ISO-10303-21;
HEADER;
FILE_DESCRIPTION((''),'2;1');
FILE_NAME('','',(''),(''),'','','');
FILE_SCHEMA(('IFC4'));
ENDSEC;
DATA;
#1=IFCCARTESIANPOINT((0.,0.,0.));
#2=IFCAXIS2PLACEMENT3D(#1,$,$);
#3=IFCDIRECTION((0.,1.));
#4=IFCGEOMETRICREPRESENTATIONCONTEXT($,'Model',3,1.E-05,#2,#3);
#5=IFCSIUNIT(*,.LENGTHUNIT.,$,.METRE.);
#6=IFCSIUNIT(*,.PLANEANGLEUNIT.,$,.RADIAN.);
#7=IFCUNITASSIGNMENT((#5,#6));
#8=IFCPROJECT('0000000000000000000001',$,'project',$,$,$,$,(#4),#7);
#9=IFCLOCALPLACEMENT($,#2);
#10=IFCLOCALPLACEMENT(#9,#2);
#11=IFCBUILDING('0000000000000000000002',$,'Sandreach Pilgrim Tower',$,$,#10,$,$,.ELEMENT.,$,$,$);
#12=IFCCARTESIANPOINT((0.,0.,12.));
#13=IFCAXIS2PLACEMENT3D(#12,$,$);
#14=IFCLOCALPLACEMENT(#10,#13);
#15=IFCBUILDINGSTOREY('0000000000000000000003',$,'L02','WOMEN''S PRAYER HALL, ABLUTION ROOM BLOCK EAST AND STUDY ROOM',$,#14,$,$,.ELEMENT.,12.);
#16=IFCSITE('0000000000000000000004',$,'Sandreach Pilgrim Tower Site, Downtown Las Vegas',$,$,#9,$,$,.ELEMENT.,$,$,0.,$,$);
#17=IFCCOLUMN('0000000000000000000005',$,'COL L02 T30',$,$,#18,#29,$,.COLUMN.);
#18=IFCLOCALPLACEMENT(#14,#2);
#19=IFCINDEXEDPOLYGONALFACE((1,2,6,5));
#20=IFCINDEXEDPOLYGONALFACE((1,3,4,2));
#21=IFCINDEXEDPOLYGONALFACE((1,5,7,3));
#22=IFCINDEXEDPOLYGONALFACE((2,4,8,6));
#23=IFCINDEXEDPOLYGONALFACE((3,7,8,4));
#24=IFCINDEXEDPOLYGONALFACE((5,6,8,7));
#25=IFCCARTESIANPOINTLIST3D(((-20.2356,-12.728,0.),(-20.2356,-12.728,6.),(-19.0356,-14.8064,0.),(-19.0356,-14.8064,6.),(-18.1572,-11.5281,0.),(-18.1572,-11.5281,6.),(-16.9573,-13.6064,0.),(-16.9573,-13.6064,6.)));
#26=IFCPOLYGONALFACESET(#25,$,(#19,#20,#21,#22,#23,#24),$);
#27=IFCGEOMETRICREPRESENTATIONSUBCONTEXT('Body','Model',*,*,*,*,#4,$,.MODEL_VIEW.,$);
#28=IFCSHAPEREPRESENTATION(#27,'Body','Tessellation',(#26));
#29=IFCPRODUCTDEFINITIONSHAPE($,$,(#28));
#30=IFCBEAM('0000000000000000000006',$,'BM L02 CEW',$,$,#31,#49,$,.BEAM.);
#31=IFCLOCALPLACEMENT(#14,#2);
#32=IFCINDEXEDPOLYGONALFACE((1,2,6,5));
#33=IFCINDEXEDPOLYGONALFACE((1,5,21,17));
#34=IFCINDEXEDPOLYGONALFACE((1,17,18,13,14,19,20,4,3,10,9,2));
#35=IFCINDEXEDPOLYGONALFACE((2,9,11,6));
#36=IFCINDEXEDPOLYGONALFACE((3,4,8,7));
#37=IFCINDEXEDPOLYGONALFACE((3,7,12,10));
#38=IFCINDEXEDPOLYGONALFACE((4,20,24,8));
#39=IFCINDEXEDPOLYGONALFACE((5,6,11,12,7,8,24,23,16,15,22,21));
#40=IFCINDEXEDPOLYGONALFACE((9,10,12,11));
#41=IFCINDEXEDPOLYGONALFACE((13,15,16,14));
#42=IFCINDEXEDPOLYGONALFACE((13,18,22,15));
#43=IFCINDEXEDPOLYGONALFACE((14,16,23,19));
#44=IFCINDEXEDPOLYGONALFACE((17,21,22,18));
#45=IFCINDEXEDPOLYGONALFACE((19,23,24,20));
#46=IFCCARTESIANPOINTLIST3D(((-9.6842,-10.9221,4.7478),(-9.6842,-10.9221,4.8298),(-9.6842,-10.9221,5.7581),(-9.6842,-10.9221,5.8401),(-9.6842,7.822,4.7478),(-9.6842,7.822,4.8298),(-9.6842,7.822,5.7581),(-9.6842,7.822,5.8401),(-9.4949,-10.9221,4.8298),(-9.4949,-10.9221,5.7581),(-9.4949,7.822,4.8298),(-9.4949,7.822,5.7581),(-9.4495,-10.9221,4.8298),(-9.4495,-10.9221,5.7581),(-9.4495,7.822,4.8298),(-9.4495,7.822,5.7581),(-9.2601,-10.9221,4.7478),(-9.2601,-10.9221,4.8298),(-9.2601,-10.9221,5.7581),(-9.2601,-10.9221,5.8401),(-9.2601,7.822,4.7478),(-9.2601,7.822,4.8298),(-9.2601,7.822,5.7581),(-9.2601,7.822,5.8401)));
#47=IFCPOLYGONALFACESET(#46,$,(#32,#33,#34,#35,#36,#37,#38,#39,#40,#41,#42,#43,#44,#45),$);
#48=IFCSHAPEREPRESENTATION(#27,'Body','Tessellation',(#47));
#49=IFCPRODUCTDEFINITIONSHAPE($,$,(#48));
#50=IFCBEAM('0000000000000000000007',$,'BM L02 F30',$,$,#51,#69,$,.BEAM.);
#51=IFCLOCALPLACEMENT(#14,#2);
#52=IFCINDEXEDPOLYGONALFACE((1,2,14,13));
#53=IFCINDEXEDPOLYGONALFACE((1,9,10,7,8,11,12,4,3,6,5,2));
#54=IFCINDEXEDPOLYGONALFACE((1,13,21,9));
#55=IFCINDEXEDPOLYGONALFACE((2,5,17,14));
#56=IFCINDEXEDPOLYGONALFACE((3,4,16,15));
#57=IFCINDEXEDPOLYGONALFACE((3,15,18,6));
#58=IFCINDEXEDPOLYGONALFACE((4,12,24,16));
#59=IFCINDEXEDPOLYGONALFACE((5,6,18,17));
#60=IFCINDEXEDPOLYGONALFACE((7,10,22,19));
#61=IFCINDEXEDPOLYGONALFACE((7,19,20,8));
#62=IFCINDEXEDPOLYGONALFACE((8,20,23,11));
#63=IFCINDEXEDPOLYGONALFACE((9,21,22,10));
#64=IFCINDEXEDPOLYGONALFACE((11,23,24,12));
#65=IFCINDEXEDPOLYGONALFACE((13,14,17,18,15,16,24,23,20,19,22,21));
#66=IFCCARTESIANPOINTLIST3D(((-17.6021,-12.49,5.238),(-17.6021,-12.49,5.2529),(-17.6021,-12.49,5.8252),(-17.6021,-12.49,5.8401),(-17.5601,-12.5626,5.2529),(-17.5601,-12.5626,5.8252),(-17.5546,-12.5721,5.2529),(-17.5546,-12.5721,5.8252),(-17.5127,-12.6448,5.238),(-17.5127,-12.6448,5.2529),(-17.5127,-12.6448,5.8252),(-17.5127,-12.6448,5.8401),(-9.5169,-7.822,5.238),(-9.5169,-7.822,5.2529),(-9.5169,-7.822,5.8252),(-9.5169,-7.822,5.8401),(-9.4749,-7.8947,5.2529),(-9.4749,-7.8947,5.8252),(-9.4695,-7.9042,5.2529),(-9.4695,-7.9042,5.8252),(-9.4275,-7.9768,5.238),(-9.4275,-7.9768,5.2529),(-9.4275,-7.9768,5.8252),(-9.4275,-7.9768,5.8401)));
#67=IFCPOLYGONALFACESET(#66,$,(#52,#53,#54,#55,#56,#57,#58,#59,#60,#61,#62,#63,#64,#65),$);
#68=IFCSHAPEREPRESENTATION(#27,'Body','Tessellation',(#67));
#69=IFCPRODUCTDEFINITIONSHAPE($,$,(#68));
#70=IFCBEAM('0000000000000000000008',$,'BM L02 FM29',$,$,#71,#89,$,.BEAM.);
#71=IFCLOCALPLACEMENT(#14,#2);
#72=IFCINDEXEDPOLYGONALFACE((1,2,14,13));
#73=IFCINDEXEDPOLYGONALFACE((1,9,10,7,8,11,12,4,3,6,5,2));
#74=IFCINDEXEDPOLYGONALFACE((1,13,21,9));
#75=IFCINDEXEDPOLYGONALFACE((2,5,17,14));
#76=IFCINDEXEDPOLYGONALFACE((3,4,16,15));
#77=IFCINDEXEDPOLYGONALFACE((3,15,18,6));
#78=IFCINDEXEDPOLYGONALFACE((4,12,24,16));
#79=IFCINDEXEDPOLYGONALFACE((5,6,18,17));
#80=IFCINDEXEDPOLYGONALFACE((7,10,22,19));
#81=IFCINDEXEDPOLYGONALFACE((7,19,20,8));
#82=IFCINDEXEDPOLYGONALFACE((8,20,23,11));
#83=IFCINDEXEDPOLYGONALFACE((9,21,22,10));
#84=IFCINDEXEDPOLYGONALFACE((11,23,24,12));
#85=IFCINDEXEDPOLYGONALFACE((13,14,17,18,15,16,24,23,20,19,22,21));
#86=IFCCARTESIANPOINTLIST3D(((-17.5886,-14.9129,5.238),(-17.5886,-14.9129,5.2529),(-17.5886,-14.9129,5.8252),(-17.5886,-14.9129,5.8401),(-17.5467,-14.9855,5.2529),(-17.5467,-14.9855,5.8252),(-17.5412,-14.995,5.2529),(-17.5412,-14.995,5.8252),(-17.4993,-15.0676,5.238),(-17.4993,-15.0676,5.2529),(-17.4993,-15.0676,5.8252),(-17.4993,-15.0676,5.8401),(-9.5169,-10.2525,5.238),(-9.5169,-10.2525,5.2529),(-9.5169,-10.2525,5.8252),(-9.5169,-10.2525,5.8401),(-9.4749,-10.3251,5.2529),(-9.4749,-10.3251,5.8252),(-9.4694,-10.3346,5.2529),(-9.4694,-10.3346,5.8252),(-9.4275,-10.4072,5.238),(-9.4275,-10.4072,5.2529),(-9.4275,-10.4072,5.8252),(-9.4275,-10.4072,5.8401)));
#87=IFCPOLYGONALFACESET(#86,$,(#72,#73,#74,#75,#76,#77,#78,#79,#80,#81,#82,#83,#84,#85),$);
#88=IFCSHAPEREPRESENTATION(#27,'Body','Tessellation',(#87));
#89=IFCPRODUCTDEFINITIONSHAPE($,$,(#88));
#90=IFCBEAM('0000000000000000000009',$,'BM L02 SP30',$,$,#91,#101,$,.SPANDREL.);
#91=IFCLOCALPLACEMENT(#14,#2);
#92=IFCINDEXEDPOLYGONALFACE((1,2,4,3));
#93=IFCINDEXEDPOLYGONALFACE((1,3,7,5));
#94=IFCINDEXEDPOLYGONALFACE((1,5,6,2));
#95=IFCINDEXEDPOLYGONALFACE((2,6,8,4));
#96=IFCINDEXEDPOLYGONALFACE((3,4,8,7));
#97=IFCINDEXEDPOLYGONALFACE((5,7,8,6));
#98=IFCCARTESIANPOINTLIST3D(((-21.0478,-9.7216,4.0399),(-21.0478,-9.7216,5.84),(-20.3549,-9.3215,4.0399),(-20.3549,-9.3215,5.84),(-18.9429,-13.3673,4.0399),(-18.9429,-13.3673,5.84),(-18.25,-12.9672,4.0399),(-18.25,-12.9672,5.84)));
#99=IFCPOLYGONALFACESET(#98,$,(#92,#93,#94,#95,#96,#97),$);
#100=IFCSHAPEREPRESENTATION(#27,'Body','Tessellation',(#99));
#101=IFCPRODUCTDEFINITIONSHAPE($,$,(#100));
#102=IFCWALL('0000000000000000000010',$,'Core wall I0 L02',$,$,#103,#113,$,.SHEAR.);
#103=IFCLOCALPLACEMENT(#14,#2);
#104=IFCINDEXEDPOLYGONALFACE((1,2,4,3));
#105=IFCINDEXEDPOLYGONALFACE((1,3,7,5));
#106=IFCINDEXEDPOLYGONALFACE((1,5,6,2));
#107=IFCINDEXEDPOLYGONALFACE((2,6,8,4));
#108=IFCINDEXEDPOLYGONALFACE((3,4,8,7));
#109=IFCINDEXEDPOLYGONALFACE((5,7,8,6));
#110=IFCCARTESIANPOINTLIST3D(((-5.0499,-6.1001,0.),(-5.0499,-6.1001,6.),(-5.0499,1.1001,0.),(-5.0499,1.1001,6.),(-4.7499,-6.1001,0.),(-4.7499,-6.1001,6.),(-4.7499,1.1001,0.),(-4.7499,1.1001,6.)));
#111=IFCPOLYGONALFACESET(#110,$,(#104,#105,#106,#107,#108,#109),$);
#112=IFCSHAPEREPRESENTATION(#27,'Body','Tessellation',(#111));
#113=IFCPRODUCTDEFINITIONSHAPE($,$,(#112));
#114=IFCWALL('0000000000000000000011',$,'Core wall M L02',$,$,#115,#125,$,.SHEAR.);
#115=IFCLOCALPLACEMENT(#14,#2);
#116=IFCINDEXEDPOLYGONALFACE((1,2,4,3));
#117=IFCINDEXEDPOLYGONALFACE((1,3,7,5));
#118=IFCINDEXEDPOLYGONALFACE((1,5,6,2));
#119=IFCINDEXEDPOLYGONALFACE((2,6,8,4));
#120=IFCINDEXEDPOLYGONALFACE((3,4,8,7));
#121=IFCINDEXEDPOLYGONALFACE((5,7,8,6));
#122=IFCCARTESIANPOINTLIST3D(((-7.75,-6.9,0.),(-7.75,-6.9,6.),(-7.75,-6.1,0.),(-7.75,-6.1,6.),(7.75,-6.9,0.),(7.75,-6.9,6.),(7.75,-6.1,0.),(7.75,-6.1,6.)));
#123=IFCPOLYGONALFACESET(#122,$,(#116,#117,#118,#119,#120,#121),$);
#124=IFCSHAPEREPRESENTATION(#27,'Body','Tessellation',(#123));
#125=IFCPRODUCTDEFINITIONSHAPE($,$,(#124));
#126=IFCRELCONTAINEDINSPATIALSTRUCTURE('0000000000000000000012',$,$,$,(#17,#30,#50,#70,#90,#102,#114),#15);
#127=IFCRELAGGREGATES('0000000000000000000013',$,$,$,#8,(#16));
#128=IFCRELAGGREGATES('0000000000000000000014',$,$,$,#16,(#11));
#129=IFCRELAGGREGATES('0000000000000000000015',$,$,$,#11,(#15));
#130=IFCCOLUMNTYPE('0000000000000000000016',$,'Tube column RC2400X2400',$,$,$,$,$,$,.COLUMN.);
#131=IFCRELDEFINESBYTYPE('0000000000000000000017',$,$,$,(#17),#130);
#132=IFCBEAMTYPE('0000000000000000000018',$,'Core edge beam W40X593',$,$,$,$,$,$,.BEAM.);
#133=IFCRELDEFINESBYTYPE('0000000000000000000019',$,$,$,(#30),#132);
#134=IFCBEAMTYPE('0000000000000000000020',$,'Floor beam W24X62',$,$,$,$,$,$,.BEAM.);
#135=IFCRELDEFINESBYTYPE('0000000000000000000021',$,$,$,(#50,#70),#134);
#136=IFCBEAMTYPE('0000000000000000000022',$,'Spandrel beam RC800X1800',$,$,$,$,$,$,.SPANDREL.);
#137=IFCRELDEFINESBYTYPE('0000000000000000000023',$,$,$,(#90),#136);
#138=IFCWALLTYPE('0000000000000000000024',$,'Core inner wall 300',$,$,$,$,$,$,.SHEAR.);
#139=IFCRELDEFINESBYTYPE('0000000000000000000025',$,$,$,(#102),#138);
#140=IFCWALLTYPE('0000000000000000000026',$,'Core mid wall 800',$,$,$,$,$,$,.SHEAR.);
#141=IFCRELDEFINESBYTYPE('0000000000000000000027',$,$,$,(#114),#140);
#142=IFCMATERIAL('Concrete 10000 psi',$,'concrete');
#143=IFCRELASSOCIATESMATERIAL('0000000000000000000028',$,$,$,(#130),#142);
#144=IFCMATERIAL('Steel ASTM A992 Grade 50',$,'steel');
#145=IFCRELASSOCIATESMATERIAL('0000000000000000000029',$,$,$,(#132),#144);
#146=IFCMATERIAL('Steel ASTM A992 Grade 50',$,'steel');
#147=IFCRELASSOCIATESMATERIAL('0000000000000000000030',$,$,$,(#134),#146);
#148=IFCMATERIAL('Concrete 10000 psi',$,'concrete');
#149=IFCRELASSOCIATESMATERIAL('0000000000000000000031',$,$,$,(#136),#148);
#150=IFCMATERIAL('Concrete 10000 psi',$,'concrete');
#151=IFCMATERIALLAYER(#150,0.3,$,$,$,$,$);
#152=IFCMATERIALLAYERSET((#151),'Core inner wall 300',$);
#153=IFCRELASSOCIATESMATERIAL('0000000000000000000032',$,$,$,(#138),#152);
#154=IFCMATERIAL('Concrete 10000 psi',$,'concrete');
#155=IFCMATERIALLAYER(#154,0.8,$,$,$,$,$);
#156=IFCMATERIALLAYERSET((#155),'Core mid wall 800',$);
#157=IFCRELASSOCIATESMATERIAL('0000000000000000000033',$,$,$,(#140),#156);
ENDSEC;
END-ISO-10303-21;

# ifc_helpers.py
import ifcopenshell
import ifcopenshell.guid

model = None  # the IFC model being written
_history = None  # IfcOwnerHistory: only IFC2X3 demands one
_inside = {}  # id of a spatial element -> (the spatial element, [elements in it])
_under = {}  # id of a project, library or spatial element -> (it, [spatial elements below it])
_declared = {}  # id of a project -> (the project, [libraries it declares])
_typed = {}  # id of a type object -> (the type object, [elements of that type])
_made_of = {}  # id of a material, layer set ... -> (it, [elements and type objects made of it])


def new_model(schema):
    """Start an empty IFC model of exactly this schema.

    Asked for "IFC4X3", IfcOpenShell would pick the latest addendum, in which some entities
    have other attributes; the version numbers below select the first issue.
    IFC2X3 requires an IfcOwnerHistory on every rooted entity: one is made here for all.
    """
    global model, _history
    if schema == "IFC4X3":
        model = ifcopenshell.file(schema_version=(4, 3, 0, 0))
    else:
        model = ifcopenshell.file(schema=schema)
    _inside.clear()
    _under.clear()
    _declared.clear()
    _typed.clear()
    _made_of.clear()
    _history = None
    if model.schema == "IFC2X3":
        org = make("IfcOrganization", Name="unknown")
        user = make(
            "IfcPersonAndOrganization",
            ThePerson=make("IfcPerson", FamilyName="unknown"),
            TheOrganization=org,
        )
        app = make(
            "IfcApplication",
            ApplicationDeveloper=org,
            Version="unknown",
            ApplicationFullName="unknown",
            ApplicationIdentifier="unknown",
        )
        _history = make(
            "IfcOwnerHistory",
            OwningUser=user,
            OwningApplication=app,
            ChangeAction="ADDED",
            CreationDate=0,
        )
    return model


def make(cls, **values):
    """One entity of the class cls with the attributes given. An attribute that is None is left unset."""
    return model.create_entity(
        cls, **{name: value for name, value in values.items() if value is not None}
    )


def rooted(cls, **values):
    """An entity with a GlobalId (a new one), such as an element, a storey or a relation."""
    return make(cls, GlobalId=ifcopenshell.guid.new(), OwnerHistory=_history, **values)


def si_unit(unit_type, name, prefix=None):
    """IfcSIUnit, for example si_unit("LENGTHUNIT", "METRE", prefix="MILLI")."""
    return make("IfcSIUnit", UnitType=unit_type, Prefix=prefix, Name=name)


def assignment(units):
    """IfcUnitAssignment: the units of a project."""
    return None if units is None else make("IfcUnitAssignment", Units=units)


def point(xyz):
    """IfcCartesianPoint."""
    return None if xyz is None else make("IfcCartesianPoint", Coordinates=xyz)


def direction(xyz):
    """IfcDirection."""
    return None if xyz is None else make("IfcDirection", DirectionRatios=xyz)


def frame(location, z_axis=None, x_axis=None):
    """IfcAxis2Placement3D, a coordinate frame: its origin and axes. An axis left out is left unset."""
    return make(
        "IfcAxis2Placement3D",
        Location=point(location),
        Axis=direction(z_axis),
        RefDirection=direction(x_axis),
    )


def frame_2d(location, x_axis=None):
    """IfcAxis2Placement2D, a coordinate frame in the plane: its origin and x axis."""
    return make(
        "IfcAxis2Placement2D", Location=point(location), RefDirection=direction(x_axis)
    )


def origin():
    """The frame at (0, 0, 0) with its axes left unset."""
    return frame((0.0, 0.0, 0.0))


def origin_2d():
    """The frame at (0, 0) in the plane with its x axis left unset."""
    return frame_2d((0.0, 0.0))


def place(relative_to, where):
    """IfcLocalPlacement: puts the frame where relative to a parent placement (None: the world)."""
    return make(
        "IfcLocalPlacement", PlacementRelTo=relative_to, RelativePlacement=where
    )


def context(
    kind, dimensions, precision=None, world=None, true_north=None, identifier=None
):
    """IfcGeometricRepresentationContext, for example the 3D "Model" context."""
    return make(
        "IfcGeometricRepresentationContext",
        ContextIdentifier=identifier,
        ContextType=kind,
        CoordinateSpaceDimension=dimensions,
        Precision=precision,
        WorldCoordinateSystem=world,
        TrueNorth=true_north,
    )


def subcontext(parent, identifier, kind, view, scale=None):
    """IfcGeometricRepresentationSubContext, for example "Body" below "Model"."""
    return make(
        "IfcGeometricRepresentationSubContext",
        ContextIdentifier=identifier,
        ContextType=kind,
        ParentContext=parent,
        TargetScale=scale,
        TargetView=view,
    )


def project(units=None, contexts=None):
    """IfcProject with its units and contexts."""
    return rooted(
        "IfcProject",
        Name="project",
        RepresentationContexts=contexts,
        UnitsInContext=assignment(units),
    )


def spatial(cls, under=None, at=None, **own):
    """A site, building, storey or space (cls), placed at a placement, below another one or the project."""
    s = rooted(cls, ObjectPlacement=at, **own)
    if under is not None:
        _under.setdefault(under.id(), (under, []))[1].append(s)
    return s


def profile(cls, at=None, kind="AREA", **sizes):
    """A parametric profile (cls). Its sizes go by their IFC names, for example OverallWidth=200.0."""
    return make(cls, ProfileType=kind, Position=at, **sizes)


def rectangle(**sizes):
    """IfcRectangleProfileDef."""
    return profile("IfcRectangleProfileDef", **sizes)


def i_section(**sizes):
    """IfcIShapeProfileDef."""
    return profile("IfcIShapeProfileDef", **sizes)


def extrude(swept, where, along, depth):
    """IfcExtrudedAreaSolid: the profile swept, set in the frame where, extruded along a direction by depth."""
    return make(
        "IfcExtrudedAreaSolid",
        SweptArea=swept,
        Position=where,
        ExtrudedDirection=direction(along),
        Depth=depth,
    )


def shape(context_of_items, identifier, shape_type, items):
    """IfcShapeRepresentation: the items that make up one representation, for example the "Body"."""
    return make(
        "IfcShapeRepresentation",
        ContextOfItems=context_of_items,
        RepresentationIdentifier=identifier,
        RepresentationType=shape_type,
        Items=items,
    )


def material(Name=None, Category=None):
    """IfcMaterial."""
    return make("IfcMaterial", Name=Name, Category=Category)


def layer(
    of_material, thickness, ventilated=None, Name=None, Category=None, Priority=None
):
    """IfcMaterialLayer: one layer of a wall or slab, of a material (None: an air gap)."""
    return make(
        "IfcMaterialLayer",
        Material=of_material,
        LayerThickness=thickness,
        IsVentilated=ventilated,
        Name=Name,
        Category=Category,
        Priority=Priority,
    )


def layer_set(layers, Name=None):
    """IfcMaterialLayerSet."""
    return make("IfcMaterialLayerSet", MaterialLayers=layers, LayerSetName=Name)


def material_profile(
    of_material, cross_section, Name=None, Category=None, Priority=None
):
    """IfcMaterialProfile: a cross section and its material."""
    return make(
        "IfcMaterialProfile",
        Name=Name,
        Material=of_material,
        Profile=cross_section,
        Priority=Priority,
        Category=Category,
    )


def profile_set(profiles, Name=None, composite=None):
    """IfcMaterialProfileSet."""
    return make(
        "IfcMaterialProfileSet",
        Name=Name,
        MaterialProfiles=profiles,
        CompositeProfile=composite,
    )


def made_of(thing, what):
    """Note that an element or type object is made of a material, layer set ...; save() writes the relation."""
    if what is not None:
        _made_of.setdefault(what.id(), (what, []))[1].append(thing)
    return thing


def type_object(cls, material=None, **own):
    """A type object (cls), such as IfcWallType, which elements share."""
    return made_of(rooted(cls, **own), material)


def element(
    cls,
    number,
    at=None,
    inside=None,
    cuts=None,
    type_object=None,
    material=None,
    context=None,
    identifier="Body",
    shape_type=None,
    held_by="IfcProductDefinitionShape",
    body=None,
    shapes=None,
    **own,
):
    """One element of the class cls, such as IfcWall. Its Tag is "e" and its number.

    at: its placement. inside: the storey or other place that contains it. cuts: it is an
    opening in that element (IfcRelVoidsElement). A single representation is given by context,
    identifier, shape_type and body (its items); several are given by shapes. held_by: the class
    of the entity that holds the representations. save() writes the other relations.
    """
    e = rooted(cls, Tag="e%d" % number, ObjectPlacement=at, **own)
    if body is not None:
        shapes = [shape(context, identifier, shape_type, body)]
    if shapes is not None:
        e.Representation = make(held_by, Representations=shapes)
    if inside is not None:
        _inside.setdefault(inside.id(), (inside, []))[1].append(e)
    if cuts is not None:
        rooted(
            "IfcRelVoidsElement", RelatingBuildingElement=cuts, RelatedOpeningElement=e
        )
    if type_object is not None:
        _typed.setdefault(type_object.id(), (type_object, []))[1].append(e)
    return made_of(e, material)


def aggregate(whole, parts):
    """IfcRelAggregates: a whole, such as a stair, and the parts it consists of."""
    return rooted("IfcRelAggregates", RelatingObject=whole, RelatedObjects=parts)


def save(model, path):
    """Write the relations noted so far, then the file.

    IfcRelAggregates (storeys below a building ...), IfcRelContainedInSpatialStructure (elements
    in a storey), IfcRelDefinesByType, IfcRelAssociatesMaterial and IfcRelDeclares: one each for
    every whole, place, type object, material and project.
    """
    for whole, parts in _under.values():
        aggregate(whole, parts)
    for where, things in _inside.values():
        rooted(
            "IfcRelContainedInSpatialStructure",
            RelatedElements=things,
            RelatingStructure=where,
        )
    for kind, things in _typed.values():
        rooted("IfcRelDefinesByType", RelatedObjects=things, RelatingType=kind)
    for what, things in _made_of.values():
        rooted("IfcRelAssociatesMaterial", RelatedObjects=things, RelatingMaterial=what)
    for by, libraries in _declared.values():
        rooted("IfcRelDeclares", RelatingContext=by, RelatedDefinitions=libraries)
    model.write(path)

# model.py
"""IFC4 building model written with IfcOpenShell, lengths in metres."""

from ifc_helpers import new_model, si_unit, direction, frame, frame_2d, origin, origin_2d, place, context, subcontext, project, spatial, rectangle, i_section, extrude, material, layer, layer_set, material_profile, profile_set, type_object, element, save


model = new_model("IFC4")

# Units and contexts
model_context = context("Model", 3, precision=1e-05, world=origin(), true_north=direction((0.0, 1.0)))
body_context = subcontext(model_context, "Body", "Model", "MODEL_VIEW")
ifc_project = project(units=[si_unit("LENGTHUNIT", "METRE"), si_unit("PLANEANGLEUNIT", "RADIAN")], contexts=[model_context])

# Site, building, storey
site_placement = place(None, origin())
site = spatial("IfcSite", under=ifc_project, at=site_placement, Name="Sandreach Pilgrim Tower Site, Downtown Las Vegas", CompositionType="ELEMENT", RefElevation=0.0)
building_placement = place(site_placement, origin())
building = spatial("IfcBuilding", under=site, at=building_placement, Name="Sandreach Pilgrim Tower", CompositionType="ELEMENT")
storey_placement = place(building_placement, frame((0.0, 0.0, 12.0)))
storey = spatial("IfcBuildingStorey", under=building, at=storey_placement, Name="L02", Description="WOMEN'S PRAYER HALL, ABLUTION ROOM BLOCK EAST AND STUDY ROOM", CompositionType="ELEMENT", Elevation=12.0)

# Column
ifc_material_1 = material(Name="Concrete 10000 psi", Category="concrete")
ifc_material_profile_1 = material_profile(ifc_material_1, rectangle(XDim=2.3999, YDim=2.3999, at=origin_2d()), Name="RC2400X2400")
ifc_profile_set_1 = profile_set([ifc_material_profile_1], Name="Concrete 10000 psi")
column_type = type_object("IfcColumnType", Name="Tube column RC2400X2400", PredefinedType="COLUMN", material=ifc_profile_set_1)
column_placement = place(storey_placement, frame((-18.5964, -13.1672, 0.0), z_axis=(0.0, 0.0, 1.0), x_axis=(-0.866025, -0.5, 0.0)))
element("IfcColumn", 1, at=column_placement, inside=storey, type_object=column_type, Name="COL L02 T30", PredefinedType="COLUMN", context=body_context, shape_type="SweptSolid", body=[
    extrude(rectangle(XDim=2.3999, YDim=2.3999, at=origin_2d()), origin(), (0.0, 0.0, 1.0), 6.0),
])

# Beams
ifc_material_2 = material(Name="Steel ASTM A992 Grade 50", Category="steel")
ifc_material_profile_2 = material_profile(ifc_material_2, i_section(OverallWidth=0.4241, OverallDepth=1.0923, WebThickness=0.0454, FlangeThickness=0.082, at=origin_2d()), Name="W40X593")
ifc_profile_set_2 = profile_set([ifc_material_profile_2], Name="Steel ASTM A992 Grade 50")
beam_type_1 = type_object("IfcBeamType", Name="Core edge beam W40X593", PredefinedType="BEAM", material=ifc_profile_set_2)
beam_1_placement = place(storey_placement, frame((-9.4722, -10.9221, 5.2939), z_axis=(0.0, 1.0, 0.0), x_axis=(-1.0, 0.0, 0.0)))
element("IfcBeam", 2, at=beam_1_placement, inside=storey, type_object=beam_type_1, Name="BM L02 CEW", PredefinedType="BEAM", context=body_context, shape_type="SweptSolid", body=[
    extrude(i_section(OverallWidth=0.4241, OverallDepth=1.0923, WebThickness=0.0454, FlangeThickness=0.082, at=origin_2d()), origin(), (0.0, 0.0, 1.0), 18.7441),
])
ifc_material_3 = material(Name="Steel ASTM A992 Grade 50", Category="steel")
ifc_material_profile_3 = material_profile(ifc_material_3, i_section(OverallWidth=0.1787, OverallDepth=0.6021, WebThickness=0.011, FlangeThickness=0.0149, at=origin_2d()), Name="W24X62")
ifc_profile_set_3 = profile_set([ifc_material_profile_3], Name="Steel ASTM A992 Grade 50")
beam_type_2 = type_object("IfcBeamType", Name="Floor beam W24X62", PredefinedType="BEAM", material=ifc_profile_set_3)
beam_2_placement = place(storey_placement, frame((-17.5574, -12.5674, 5.5391), z_axis=(0.866027, 0.499998, 0.0), x_axis=(-0.499998, 0.866027, 0.0)))
element("IfcBeam", 3, at=beam_2_placement, inside=storey, type_object=beam_type_2, Name="BM L02 F30", PredefinedType="BEAM", context=body_context, shape_type="SweptSolid", body=[
    extrude(i_section(OverallWidth=0.1787, OverallDepth=0.6021, WebThickness=0.011, FlangeThickness=0.0149, at=origin_2d()), origin(), (0.0, 0.0, 1.0), 9.3359),
])
beam_3_placement = place(storey_placement, frame((-17.5439, -14.9902, 5.5391), z_axis=(0.866018, 0.500013, 0.0), x_axis=(-0.500013, 0.866018, 0.0)))
element("IfcBeam", 4, at=beam_3_placement, inside=storey, type_object=beam_type_2, Name="BM L02 FM29", PredefinedType="BEAM", context=body_context, shape_type="SweptSolid", body=[
    extrude(i_section(OverallWidth=0.1787, OverallDepth=0.6021, WebThickness=0.011, FlangeThickness=0.0149, at=origin_2d()), origin(), (0.0, 0.0, 1.0), 9.3206),
])
ifc_material_4 = material(Name="Concrete 10000 psi", Category="concrete")
ifc_material_profile_4 = material_profile(ifc_material_4, rectangle(XDim=0.8, YDim=1.8, at=origin_2d()), Name="RC800X1800")
ifc_profile_set_4 = profile_set([ifc_material_profile_4], Name="Concrete 10000 psi")
beam_type_3 = type_object("IfcBeamType", Name="Spandrel beam RC800X1800", PredefinedType="SPANDREL", material=ifc_profile_set_4)
beam_4_placement = place(storey_placement, frame((-18.5964, -13.1672, 4.9399), z_axis=(-0.500019, 0.866015, 0.0), x_axis=(-0.866015, -0.500019, 0.0)))
element("IfcBeam", 5, at=beam_4_placement, inside=storey, type_object=beam_type_3, Name="BM L02 SP30", PredefinedType="SPANDREL", context=body_context, shape_type="SweptSolid", body=[
    extrude(rectangle(XDim=0.8, YDim=1.8, at=origin_2d()), origin(), (0.0, 0.0, 1.0), 4.2097),
])

# Wall
ifc_material_5 = material(Name="Concrete 10000 psi", Category="concrete")
ifc_layer_1 = layer(ifc_material_5, 0.3)
ifc_layer_set_1 = layer_set([ifc_layer_1], Name="Core inner wall 300")
wall_type_1 = type_object("IfcWallType", Name="Core inner wall 300", PredefinedType="SHEAR", material=ifc_layer_set_1)
wall_1_placement = place(storey_placement, frame((-4.8999, -6.1001, 0.0), z_axis=(0.0, 0.0, 1.0), x_axis=(0.0, 1.0, 0.0)))
element("IfcWall", 6, at=wall_1_placement, inside=storey, type_object=wall_type_1, Name="Core wall I0 L02", PredefinedType="SHEAR", context=body_context, shape_type="SweptSolid", body=[
    extrude(rectangle(XDim=7.2002, YDim=0.3, at=frame_2d((3.6001, 0.0))), origin(), (0.0, 0.0, 1.0), 6.0),
])

# Wall
ifc_material_6 = material(Name="Concrete 10000 psi", Category="concrete")
ifc_layer_2 = layer(ifc_material_6, 0.8)
ifc_layer_set_2 = layer_set([ifc_layer_2], Name="Core mid wall 800")
wall_type_2 = type_object("IfcWallType", Name="Core mid wall 800", PredefinedType="SHEAR", material=ifc_layer_set_2)
wall_2_placement = place(storey_placement, frame((-7.75, -6.5, 0.0), z_axis=(0.0, 0.0, 1.0), x_axis=(1.0, 0.0, 0.0)))
element("IfcWall", 7, at=wall_2_placement, inside=storey, type_object=wall_type_2, Name="Core wall M L02", PredefinedType="SHEAR", context=body_context, shape_type="SweptSolid", body=[
    extrude(rectangle(XDim=15.5, YDim=0.8, at=frame_2d((7.75, 0.0))), origin(), (0.0, 0.0, 1.0), 6.0),
])

save(model, "model.ifc")
